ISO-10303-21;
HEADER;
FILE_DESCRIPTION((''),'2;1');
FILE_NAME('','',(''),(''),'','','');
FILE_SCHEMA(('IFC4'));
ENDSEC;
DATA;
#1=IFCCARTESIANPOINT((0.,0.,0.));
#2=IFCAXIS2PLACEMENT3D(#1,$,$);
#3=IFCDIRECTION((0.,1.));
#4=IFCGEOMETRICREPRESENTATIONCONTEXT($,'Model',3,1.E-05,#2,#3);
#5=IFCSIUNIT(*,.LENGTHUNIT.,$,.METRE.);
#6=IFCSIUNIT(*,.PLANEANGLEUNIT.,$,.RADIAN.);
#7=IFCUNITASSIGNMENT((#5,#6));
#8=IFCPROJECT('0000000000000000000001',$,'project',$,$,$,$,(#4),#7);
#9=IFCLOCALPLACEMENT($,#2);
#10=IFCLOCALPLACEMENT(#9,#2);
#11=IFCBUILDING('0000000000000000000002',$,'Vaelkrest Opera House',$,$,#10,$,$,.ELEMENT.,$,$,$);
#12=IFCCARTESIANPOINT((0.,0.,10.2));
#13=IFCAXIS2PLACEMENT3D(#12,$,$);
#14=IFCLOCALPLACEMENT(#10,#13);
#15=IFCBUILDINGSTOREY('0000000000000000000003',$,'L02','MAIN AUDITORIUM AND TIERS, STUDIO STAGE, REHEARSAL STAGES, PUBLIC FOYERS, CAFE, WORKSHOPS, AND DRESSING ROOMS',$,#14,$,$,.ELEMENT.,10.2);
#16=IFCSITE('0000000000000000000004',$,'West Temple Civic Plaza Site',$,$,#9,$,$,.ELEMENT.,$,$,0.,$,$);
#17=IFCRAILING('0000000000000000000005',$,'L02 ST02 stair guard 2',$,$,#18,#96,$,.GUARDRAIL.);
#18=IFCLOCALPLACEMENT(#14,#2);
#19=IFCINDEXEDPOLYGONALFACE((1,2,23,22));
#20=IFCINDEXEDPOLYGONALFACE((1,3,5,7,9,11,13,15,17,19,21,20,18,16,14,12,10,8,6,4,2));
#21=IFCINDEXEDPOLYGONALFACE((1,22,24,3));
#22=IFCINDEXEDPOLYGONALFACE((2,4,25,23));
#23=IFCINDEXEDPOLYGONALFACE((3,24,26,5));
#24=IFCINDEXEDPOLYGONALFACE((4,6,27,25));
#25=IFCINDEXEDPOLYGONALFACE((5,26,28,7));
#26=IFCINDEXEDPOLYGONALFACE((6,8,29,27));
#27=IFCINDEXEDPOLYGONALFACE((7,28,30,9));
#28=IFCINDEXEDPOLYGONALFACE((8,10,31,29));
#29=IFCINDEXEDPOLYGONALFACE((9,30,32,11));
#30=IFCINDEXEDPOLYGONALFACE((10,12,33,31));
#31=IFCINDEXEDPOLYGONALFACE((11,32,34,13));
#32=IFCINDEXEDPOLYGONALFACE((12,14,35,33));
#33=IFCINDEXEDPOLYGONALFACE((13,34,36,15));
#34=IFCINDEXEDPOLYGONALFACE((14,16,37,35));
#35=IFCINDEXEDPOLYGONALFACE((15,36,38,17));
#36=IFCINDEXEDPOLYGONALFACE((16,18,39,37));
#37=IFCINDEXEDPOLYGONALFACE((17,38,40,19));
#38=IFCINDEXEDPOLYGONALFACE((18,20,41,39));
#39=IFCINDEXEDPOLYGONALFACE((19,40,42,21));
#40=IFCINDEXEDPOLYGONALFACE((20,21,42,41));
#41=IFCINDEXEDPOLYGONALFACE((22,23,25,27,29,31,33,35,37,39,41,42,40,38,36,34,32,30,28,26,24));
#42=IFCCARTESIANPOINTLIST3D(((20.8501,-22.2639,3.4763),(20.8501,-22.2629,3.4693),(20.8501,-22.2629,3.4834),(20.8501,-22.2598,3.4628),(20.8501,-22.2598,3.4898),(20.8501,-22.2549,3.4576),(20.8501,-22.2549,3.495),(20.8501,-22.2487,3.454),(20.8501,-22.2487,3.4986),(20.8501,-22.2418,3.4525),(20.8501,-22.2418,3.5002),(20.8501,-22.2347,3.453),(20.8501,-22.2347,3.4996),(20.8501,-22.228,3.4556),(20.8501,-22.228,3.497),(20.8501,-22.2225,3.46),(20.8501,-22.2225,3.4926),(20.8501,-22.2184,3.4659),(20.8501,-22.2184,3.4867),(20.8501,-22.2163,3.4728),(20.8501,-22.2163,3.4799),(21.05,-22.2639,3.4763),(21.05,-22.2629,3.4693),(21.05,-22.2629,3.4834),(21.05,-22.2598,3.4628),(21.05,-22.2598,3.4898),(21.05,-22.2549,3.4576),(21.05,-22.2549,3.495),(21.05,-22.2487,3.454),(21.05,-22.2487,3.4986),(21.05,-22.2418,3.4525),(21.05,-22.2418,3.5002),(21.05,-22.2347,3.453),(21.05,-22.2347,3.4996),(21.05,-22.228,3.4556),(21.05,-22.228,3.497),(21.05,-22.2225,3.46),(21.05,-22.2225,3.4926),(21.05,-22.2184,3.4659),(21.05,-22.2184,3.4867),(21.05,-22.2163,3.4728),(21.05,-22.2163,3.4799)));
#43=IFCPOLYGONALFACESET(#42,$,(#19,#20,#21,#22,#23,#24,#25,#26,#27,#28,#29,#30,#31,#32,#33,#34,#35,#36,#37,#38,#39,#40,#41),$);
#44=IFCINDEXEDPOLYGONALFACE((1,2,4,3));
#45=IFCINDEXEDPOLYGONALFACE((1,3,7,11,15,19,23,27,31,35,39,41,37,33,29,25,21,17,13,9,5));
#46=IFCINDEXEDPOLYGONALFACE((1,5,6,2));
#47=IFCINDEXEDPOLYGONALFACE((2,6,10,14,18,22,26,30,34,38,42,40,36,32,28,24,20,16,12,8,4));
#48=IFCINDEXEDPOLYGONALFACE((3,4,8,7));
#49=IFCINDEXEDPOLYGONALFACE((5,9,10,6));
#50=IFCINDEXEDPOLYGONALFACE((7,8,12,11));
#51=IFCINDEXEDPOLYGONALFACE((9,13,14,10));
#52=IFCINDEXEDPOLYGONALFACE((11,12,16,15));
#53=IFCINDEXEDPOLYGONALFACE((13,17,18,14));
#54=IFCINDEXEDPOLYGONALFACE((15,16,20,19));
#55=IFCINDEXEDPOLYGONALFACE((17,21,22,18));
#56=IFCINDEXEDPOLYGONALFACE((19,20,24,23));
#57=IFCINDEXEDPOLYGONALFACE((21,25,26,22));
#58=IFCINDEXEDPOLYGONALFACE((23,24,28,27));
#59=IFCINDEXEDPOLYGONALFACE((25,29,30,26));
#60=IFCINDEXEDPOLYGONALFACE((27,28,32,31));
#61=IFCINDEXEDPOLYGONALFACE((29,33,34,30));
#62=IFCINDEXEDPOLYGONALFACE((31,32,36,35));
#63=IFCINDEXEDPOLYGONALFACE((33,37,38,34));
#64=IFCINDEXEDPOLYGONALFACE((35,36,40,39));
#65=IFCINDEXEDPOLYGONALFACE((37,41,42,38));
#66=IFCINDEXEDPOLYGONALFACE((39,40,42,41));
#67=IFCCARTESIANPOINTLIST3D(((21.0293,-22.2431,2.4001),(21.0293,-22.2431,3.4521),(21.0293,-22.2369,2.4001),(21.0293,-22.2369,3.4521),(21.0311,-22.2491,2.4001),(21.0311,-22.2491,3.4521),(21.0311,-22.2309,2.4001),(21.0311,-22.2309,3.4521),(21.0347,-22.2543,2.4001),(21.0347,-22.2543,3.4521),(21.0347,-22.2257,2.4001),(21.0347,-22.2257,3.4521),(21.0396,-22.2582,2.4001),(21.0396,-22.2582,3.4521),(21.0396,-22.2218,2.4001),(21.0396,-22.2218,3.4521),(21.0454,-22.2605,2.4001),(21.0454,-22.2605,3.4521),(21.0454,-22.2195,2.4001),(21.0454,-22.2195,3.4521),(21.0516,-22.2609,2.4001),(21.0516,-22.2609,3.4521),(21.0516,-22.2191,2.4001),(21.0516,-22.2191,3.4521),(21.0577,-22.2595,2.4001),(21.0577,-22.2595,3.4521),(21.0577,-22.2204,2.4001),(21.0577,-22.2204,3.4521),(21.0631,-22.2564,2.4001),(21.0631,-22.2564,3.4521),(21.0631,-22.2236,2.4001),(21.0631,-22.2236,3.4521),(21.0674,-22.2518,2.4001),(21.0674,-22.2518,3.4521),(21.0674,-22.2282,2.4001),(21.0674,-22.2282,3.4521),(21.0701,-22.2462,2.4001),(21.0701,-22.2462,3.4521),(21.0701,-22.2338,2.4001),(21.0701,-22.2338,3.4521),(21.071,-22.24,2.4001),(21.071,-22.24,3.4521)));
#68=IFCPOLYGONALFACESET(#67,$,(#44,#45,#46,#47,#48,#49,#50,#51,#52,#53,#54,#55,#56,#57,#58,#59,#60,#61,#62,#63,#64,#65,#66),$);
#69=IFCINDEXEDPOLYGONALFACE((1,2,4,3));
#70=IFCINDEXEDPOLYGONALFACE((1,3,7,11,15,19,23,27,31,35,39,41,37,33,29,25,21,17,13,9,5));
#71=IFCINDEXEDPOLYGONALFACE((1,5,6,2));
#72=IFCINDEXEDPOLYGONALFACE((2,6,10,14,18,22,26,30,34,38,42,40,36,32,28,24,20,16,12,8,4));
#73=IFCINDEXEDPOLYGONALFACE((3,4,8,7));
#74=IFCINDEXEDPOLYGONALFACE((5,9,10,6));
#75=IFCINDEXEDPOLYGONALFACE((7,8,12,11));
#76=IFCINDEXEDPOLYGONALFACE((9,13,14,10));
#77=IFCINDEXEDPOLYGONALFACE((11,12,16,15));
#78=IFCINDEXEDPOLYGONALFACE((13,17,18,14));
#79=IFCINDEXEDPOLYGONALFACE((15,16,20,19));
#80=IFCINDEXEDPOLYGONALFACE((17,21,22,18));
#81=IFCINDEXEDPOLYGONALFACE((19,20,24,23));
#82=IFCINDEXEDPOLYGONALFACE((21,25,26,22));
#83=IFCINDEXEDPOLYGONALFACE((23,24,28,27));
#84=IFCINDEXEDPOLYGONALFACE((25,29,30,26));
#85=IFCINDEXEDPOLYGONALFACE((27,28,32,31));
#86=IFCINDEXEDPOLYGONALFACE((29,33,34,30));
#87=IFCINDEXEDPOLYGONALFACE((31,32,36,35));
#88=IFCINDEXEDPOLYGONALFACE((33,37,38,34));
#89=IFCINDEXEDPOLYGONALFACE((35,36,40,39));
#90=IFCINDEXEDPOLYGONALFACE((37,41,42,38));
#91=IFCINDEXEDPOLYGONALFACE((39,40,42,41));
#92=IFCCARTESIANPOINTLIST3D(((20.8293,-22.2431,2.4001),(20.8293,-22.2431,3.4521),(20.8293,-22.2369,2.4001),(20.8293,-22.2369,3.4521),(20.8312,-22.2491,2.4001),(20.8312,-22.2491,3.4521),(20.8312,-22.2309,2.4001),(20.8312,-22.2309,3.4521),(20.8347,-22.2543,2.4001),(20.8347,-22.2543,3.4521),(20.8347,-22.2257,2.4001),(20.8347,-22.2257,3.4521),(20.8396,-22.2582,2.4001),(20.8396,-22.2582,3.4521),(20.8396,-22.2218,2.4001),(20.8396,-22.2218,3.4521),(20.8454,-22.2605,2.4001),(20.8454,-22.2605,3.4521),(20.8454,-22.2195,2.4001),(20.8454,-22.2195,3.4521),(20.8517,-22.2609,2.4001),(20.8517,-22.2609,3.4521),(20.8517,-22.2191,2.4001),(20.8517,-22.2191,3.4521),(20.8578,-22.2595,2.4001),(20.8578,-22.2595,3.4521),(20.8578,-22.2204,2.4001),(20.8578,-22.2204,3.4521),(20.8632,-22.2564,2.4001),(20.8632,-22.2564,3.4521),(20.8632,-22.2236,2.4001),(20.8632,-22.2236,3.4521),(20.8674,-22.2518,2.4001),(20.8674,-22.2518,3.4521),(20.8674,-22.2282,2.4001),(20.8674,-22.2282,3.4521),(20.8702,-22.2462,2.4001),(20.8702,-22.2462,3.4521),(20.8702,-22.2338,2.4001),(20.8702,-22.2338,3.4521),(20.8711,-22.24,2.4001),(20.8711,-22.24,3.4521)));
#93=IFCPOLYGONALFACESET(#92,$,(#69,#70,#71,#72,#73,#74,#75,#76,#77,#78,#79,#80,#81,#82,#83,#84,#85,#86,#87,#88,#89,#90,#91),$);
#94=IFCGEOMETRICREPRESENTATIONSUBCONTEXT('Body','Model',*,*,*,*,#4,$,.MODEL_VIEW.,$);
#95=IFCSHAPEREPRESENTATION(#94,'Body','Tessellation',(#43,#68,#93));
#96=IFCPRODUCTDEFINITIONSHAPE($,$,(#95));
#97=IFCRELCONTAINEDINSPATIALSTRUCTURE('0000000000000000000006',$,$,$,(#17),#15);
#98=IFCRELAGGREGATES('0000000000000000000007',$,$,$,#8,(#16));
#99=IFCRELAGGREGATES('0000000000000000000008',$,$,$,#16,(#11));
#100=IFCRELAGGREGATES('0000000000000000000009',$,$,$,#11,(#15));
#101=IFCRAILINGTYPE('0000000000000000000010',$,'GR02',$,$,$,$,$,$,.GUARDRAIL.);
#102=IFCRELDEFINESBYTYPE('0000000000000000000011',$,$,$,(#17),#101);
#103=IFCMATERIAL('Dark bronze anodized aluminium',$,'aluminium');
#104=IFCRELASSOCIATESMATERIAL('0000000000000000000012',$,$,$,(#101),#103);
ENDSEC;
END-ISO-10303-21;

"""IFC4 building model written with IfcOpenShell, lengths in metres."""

from ifc_helpers import new_model, si_unit, direction, frame, origin, origin_2d, place, context, subcontext, project, spatial, circle, extrude, material, type_object, element, save


model = new_model("IFC4")

# Units and contexts
model_context = context("Model", 3, precision=1e-05, world=origin(), true_north=direction((0.0, 1.0)))
body_context = subcontext(model_context, "Body", "Model", "MODEL_VIEW")
ifc_project = project(units=[si_unit("LENGTHUNIT", "METRE"), si_unit("PLANEANGLEUNIT", "RADIAN")], contexts=[model_context])

# Site, building, storey
site_placement = place(None, origin())
site = spatial("IfcSite", under=ifc_project, at=site_placement, Name="West Temple Civic Plaza Site", CompositionType="ELEMENT", RefElevation=0.0)
building_placement = place(site_placement, origin())
building = spatial("IfcBuilding", under=site, at=building_placement, Name="Vaelkrest Opera House", CompositionType="ELEMENT")
storey_placement = place(building_placement, frame((0.0, 0.0, 10.2)))
storey = spatial("IfcBuildingStorey", under=building, at=storey_placement, Name="L02", Description="MAIN AUDITORIUM AND TIERS, STUDIO STAGE, REHEARSAL STAGES, PUBLIC FOYERS, CAFE, WORKSHOPS, AND DRESSING ROOMS", CompositionType="ELEMENT", Elevation=10.2)

# Railing
ifc_material_1 = material(Name="Dark bronze anodized aluminium", Category="aluminium")
railing_type_1 = type_object("IfcRailingType", Name="GR02", PredefinedType="GUARDRAIL", material=ifc_material_1)
railing_1_placement = place(storey_placement, frame((21.05, -22.24, 2.4001)))
element("IfcRailing", 1, at=railing_1_placement, inside=storey, type_object=railing_type_1, Name="L02 ST02 stair guard 2", PredefinedType="GUARDRAIL", context=body_context, shape_type="SweptSolid", body=[
    extrude(circle(Radius=0.0239, at=origin_2d()), frame((0.0, 0.0, 1.0762), z_axis=(-1.0, 0.0, 0.0), x_axis=(0.0, -1.0, 0.0)), (0.0, 0.0, 1.0), 0.2),
    extrude(circle(Radius=0.021, at=origin_2d()), origin(), (0.0, 0.0, 1.0), 1.052),
    extrude(circle(Radius=0.021, at=origin_2d()), frame((-0.2, 0.0, 0.0)), (0.0, 0.0, 1.0), 1.052),
])

save(model, "model.ifc")
